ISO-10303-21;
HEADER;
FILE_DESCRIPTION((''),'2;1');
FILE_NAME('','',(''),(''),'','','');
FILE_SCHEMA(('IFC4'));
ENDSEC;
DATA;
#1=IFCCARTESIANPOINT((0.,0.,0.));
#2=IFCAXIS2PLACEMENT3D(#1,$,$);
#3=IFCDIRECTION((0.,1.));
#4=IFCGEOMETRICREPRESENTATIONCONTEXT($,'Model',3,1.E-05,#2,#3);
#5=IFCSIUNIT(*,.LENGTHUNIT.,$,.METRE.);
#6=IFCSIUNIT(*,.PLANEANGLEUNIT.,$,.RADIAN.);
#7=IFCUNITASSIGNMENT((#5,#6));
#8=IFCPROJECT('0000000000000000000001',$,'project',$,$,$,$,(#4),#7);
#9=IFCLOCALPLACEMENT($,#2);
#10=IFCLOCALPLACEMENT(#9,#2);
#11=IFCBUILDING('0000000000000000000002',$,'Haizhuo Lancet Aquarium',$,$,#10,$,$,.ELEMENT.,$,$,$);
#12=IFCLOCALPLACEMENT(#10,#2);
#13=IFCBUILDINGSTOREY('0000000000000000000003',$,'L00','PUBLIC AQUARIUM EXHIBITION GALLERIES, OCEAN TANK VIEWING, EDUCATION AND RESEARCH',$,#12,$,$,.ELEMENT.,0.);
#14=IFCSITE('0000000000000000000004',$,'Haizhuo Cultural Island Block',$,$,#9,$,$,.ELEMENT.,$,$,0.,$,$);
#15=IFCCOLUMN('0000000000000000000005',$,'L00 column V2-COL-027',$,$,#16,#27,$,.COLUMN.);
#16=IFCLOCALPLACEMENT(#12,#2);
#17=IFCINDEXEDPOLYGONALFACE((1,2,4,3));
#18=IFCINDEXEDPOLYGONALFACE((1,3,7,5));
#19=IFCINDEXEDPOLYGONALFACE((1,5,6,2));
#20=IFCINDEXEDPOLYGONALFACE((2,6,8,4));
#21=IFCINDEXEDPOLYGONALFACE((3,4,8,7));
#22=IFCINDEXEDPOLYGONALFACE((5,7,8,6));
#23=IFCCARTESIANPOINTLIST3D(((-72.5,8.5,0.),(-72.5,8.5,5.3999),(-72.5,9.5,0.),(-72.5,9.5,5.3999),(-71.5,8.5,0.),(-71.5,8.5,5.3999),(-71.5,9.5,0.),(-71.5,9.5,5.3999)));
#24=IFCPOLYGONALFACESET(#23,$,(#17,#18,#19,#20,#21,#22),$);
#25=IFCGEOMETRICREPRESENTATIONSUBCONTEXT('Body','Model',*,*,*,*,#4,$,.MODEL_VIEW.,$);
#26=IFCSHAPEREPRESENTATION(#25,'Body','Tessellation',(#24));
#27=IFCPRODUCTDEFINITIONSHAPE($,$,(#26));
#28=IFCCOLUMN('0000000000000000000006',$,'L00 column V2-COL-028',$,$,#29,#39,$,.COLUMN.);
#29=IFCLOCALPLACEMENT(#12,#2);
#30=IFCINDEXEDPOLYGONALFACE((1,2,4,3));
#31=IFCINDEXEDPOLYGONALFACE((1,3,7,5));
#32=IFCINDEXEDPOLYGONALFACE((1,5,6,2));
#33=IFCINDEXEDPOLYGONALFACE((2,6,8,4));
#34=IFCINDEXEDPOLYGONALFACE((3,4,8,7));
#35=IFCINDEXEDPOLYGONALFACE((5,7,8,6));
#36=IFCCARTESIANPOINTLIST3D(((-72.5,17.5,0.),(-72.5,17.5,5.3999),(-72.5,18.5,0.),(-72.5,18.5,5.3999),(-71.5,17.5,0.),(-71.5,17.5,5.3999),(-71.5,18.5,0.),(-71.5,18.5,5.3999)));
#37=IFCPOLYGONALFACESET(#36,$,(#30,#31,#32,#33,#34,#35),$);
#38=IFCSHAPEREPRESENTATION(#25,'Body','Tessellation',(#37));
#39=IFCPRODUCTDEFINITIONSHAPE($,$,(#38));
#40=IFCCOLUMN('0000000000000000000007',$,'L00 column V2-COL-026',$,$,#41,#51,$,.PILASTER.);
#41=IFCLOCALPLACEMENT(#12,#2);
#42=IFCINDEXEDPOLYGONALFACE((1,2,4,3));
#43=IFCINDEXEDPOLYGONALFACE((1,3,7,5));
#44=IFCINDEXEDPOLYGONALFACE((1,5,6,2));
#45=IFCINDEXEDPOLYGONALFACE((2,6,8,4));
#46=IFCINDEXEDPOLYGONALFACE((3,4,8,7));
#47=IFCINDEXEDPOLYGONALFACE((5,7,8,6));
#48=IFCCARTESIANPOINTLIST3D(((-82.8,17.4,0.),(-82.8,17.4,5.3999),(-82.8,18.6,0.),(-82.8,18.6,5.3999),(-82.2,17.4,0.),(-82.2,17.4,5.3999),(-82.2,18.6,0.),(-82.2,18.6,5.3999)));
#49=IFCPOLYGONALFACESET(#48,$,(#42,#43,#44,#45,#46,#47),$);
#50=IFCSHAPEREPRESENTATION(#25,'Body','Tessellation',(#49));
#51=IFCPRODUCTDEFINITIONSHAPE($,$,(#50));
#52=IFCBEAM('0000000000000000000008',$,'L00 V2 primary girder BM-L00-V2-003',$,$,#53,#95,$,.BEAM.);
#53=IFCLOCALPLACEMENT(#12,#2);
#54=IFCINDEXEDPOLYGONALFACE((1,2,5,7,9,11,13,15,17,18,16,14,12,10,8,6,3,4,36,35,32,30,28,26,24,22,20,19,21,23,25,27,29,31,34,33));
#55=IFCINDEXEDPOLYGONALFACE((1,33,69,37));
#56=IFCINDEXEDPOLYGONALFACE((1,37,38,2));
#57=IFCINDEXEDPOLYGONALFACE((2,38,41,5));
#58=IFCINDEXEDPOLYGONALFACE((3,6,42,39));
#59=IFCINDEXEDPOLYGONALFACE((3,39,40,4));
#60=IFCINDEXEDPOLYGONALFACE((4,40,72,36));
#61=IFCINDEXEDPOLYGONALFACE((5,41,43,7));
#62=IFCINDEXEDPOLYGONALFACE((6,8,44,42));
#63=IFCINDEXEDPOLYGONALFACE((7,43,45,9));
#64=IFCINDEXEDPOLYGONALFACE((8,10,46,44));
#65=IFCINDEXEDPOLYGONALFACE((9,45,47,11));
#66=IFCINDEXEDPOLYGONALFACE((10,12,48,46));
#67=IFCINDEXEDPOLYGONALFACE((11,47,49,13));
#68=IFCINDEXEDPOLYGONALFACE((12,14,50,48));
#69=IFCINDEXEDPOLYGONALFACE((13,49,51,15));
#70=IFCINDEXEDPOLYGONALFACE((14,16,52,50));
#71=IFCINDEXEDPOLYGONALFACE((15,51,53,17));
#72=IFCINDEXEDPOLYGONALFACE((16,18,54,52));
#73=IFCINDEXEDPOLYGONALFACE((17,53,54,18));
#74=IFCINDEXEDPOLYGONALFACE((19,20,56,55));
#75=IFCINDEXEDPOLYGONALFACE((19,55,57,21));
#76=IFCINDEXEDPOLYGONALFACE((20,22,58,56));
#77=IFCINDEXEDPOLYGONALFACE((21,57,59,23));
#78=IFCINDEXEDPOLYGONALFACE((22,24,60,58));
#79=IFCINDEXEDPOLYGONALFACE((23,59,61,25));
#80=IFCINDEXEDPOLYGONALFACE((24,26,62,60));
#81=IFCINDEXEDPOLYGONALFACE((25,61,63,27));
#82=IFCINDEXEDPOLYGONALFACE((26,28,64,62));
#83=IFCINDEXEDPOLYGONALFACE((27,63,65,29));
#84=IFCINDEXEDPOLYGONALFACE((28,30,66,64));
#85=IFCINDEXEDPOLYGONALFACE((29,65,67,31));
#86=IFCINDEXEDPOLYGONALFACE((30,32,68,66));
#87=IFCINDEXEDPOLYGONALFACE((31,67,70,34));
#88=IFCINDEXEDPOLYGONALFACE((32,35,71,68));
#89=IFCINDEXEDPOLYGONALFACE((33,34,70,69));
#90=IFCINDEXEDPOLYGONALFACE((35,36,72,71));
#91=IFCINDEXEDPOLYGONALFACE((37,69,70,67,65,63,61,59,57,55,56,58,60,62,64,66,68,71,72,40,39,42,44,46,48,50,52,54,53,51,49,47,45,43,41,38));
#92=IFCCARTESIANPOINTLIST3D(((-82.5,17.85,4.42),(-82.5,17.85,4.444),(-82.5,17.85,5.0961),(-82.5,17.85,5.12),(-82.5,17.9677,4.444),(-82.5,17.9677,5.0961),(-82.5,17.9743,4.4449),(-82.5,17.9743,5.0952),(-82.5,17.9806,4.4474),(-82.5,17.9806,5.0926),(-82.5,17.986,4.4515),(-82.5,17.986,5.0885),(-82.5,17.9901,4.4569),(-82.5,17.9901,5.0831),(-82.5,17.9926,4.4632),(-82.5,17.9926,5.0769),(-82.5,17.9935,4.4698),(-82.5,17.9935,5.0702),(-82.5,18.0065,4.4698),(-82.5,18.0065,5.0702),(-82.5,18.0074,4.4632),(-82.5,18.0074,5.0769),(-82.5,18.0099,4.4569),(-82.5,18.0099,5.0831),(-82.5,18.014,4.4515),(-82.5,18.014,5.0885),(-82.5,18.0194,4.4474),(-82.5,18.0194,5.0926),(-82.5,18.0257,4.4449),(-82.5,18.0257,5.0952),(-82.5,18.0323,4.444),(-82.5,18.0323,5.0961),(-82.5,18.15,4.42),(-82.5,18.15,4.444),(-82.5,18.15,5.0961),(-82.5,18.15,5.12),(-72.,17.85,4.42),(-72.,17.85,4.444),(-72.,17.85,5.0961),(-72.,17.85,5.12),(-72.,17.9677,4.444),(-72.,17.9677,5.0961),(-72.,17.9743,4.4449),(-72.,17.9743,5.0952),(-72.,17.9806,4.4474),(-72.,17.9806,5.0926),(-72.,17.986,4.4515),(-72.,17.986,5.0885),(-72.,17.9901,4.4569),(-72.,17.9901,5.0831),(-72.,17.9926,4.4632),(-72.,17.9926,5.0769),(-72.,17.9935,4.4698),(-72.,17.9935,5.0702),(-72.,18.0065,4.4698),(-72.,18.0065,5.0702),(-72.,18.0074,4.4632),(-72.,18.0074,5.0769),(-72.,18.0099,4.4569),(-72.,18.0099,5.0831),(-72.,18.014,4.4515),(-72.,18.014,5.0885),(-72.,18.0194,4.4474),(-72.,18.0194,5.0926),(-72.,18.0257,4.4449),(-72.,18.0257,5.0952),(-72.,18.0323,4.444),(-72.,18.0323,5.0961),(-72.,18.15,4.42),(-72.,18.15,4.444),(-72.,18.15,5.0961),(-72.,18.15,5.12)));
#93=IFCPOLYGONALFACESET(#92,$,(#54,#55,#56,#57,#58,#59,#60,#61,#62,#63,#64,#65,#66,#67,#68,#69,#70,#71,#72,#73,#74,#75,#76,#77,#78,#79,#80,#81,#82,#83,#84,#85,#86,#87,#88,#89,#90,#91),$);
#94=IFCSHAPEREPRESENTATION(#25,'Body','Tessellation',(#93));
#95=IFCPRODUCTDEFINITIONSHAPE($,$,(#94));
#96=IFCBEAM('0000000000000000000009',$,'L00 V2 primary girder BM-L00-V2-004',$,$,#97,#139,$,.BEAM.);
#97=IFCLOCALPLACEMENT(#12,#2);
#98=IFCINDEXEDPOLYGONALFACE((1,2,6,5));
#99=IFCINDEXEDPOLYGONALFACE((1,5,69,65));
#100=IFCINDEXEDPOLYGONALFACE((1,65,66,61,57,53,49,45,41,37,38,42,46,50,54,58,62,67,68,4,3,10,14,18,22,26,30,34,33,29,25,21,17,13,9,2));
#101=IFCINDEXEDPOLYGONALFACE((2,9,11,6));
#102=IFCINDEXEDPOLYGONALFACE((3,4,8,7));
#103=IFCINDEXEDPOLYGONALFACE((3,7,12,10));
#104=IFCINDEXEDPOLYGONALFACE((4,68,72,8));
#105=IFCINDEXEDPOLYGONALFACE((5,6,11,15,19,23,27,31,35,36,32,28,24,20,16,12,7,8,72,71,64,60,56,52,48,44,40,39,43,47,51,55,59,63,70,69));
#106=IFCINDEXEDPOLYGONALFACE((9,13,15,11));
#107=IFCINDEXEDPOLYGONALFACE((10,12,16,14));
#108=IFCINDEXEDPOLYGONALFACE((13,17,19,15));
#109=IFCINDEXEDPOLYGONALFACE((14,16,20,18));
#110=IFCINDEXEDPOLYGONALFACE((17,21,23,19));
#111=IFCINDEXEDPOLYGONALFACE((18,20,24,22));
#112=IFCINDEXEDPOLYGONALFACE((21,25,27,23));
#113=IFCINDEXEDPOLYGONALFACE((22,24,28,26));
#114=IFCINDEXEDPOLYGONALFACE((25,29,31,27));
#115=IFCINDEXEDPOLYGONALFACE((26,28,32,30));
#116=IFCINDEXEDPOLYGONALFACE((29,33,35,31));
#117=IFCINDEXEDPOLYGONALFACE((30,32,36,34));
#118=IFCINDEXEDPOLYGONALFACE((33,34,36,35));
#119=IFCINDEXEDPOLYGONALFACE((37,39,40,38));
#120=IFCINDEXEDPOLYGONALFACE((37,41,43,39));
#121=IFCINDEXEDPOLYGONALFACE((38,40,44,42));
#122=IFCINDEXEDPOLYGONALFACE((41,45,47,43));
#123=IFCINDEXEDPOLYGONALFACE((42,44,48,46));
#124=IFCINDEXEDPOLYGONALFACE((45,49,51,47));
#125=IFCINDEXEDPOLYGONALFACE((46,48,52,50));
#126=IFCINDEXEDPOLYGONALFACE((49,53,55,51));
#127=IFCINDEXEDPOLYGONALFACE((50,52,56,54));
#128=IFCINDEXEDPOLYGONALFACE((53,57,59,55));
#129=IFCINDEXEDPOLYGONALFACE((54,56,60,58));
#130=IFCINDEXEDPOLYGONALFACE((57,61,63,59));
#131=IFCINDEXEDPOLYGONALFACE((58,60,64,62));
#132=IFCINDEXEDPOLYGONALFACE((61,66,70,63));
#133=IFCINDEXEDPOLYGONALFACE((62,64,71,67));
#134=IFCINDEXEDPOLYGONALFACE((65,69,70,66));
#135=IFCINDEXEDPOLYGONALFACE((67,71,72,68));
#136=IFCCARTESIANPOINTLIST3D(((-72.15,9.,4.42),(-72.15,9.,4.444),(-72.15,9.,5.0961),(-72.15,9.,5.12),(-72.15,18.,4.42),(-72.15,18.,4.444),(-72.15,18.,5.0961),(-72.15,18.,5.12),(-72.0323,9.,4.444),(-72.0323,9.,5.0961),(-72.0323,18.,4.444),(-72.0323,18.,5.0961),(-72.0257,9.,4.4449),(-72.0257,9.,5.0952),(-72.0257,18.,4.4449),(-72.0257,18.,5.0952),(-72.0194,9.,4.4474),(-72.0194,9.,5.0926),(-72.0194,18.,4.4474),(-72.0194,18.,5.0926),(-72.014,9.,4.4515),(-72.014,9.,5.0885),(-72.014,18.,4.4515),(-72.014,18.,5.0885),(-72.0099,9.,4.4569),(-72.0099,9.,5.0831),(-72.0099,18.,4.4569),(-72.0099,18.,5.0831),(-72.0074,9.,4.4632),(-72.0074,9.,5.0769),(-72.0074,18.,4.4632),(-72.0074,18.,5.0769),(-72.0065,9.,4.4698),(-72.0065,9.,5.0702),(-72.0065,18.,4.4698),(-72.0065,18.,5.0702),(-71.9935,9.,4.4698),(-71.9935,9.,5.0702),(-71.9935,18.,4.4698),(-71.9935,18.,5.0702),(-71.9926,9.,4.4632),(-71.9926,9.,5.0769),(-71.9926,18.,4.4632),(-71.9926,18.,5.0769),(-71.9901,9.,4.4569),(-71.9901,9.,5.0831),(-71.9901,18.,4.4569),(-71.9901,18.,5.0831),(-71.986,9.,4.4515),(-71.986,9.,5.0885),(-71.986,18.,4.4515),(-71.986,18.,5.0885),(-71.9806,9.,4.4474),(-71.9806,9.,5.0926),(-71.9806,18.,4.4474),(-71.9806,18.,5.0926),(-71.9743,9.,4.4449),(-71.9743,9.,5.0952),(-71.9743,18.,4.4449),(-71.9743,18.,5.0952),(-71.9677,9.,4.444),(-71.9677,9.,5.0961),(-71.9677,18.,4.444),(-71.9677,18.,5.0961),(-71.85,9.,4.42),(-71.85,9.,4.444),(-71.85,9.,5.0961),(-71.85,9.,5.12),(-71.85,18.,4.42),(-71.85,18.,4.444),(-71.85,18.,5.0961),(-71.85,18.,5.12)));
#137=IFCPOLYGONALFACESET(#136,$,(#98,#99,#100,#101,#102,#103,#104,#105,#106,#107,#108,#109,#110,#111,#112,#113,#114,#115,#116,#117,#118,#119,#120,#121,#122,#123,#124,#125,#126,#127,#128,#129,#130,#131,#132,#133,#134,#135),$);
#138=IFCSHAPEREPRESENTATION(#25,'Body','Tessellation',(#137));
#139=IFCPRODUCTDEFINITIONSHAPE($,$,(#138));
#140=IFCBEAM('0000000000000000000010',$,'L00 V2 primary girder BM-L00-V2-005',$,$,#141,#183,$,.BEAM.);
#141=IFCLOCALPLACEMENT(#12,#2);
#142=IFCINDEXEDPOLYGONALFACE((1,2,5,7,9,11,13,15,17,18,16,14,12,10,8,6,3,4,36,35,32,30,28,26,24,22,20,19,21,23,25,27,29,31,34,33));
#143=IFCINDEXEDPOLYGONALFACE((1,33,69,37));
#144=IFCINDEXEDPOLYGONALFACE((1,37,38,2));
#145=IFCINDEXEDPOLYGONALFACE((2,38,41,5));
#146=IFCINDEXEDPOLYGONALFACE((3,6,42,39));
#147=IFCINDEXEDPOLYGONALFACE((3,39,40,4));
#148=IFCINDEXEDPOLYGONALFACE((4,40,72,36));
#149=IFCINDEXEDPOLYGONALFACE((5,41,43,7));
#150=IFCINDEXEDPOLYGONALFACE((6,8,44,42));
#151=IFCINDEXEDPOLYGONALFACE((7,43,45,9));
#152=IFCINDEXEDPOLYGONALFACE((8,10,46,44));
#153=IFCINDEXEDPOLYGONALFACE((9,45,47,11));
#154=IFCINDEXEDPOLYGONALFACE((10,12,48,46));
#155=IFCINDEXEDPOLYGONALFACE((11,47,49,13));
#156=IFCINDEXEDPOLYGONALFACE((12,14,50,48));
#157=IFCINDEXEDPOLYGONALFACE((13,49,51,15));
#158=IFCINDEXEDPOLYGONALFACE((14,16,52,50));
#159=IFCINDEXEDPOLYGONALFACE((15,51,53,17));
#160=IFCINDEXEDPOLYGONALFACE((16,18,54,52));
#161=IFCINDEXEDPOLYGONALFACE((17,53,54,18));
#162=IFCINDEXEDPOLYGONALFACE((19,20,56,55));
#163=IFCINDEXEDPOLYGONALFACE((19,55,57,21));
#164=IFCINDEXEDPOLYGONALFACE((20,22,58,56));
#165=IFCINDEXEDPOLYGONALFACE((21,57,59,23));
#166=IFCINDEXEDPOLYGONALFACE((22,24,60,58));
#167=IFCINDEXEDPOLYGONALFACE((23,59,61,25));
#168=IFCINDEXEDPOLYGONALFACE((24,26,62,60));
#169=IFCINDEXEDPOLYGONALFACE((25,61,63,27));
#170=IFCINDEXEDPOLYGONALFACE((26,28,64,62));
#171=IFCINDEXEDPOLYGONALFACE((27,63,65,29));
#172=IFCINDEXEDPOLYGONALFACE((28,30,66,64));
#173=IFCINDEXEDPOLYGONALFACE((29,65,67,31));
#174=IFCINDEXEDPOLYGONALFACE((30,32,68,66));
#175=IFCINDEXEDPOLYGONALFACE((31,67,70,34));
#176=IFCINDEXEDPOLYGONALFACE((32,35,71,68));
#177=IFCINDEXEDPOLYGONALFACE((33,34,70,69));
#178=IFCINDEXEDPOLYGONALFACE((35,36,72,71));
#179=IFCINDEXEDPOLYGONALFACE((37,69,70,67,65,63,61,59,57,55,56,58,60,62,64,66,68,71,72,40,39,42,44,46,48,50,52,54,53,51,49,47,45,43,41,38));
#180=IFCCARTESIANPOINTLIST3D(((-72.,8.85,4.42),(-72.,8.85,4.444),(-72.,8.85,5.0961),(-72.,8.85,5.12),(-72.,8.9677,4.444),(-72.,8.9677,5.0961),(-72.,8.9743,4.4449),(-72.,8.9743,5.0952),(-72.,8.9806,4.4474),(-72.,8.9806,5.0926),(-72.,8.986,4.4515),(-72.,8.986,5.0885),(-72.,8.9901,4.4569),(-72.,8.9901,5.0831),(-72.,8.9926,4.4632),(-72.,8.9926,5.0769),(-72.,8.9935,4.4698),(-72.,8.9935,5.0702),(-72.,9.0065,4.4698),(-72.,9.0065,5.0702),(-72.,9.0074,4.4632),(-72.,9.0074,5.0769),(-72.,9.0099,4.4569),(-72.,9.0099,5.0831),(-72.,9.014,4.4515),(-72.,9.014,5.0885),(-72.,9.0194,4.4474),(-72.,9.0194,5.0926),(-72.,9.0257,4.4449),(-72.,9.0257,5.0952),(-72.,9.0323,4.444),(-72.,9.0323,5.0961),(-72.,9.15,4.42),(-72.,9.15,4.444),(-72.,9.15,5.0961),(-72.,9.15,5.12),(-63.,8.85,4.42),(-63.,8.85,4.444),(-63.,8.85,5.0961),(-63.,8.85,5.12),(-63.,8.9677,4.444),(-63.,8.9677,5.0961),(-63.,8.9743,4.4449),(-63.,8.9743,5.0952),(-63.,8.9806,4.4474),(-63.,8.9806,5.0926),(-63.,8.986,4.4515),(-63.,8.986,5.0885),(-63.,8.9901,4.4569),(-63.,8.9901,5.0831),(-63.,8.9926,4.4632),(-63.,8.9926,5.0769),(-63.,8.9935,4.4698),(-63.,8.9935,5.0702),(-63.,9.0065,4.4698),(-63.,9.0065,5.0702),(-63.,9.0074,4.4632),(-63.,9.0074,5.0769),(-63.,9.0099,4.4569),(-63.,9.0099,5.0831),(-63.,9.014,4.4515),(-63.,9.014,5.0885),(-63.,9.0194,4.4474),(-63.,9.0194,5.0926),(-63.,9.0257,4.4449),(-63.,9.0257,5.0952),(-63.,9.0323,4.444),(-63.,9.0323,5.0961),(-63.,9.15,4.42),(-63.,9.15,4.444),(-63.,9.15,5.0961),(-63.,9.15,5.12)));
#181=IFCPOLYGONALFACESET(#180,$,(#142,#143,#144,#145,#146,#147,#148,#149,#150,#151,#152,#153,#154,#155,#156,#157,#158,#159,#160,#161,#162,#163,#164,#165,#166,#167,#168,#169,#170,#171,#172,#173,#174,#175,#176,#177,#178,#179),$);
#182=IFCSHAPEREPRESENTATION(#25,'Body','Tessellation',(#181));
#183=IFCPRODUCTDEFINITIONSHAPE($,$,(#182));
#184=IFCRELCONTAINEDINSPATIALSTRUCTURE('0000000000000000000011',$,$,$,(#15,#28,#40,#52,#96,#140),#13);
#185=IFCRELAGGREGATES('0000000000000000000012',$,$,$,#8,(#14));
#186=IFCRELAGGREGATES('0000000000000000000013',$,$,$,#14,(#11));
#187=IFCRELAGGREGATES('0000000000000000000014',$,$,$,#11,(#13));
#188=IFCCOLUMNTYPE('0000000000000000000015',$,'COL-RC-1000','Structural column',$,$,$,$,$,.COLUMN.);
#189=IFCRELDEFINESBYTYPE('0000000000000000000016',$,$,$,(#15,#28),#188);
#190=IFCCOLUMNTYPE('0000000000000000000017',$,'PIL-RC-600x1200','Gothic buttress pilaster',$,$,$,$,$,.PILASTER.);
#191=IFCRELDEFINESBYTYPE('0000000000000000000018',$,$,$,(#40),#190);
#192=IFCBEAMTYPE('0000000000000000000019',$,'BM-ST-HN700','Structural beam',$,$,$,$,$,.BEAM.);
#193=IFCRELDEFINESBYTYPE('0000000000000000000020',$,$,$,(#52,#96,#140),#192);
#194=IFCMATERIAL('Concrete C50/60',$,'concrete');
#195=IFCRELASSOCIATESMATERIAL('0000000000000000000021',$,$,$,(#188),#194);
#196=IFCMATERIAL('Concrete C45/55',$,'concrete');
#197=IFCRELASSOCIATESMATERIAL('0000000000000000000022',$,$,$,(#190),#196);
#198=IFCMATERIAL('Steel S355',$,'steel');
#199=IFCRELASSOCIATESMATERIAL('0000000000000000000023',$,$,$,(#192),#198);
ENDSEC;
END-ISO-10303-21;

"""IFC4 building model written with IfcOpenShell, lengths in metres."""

from ifc_helpers import new_model, si_unit, direction, frame, origin, origin_2d, place, context, subcontext, project, spatial, rectangle, i_section, extrude, material, material_profile, profile_set, type_object, element, save


model = new_model("IFC4")

# Units and contexts
model_context = context("Model", 3, precision=1e-05, world=origin(), true_north=direction((0.0, 1.0)))
body_context = subcontext(model_context, "Body", "Model", "MODEL_VIEW")
ifc_project = project(units=[si_unit("LENGTHUNIT", "METRE"), si_unit("PLANEANGLEUNIT", "RADIAN")], contexts=[model_context])

# Site, building, storey
site_placement = place(None, origin())
site = spatial("IfcSite", under=ifc_project, at=site_placement, Name="Haizhuo Cultural Island Block", CompositionType="ELEMENT", RefElevation=0.0)
building_placement = place(site_placement, origin())
building = spatial("IfcBuilding", under=site, at=building_placement, Name="Haizhuo Lancet Aquarium", CompositionType="ELEMENT")
storey_placement = place(building_placement, origin())
storey = spatial("IfcBuildingStorey", under=building, at=storey_placement, Name="L00", Description="PUBLIC AQUARIUM EXHIBITION GALLERIES, OCEAN TANK VIEWING, EDUCATION AND RESEARCH", CompositionType="ELEMENT", Elevation=0.0)

# Columns
ifc_material_1 = material(Name="Concrete C50/60", Category="concrete")
ifc_material_profile_1 = material_profile(ifc_material_1, rectangle(XDim=1.0, YDim=1.0, at=origin_2d()), Name="RC-COL 1000x1000")
ifc_profile_set_1 = profile_set([ifc_material_profile_1], Name="Concrete C50/60")
column_type_1 = type_object("IfcColumnType", Name="COL-RC-1000", Description="Structural column", PredefinedType="COLUMN", material=ifc_profile_set_1)
for number, where, z_axis, x_axis, name in (
    (1, (-72.0, 9.0, 0.0), (0.0, 0.0, 1.0), (1.0, 0.0, 0.0), "L00 column V2-COL-027"),
    (2, (-72.0, 18.0, 0.0), (0.0, 0.0, 1.0), (1.0, 0.0, 0.0), "L00 column V2-COL-028"),
):
    element("IfcColumn", number, at=place(storey_placement, frame(where, z_axis=z_axis, x_axis=x_axis)), inside=storey, type_object=column_type_1, Name=name, PredefinedType="COLUMN", context=body_context, shape_type="SweptSolid", body=[
        extrude(rectangle(XDim=1.0, YDim=1.0, at=origin_2d()), origin(), (0.0, 0.0, 1.0), 5.3999),
    ])
ifc_material_2 = material(Name="Concrete C45/55", Category="concrete")
ifc_material_profile_2 = material_profile(ifc_material_2, rectangle(XDim=0.6001, YDim=1.2, at=origin_2d()), Name="RC-PIL 600x1200")
ifc_profile_set_2 = profile_set([ifc_material_profile_2], Name="Concrete C45/55")
column_type_2 = type_object("IfcColumnType", Name="PIL-RC-600x1200", Description="Gothic buttress pilaster", PredefinedType="PILASTER", material=ifc_profile_set_2)
column_placement = place(storey_placement, frame((-82.5, 18.0, 0.0), z_axis=(0.0, 0.0, 1.0), x_axis=(1.0, 0.0, 0.0)))
element("IfcColumn", 3, at=column_placement, inside=storey, type_object=column_type_2, Name="L00 column V2-COL-026", PredefinedType="PILASTER", context=body_context, shape_type="SweptSolid", body=[
    extrude(rectangle(XDim=0.6001, YDim=1.2, at=origin_2d()), origin(), (0.0, 0.0, 1.0), 5.3999),
])

# Beams
ifc_material_3 = material(Name="Steel S355", Category="steel")
ifc_material_profile_3 = material_profile(ifc_material_3, i_section(OverallWidth=0.3, OverallDepth=0.7, WebThickness=0.0129, FlangeThickness=0.0239, FilletRadius=0.0259, at=origin_2d()), Name="HN 700x300x13x24")
ifc_profile_set_3 = profile_set([ifc_material_profile_3], Name="Steel S355")
beam_type_1 = type_object("IfcBeamType", Name="BM-ST-HN700", Description="Structural beam", PredefinedType="BEAM", material=ifc_profile_set_3)
beam_1_placement = place(storey_placement, frame((-82.5, 18.0, 4.77), z_axis=(1.0, 0.0, 0.0), x_axis=(0.0, 1.0, 0.0)))
element("IfcBeam", 4, at=beam_1_placement, inside=storey, type_object=beam_type_1, Name="L00 V2 primary girder BM-L00-V2-003", PredefinedType="BEAM", context=body_context, shape_type="SweptSolid", body=[
    extrude(i_section(OverallWidth=0.3, OverallDepth=0.7, WebThickness=0.0129, FlangeThickness=0.0239, FilletRadius=0.0259, at=origin_2d()), origin(), (0.0, 0.0, 1.0), 10.5),
])
for number, where, z_axis, x_axis, name in (
    (5, (-72.0, 9.0, 4.77), (0.0, 1.0, 0.0), (-1.0, 0.0, 0.0), "L00 V2 primary girder BM-L00-V2-004"),
    (6, (-72.0, 9.0, 4.77), (1.0, 0.0, 0.0), (0.0, 1.0, 0.0), "L00 V2 primary girder BM-L00-V2-005"),
):
    element("IfcBeam", number, at=place(storey_placement, frame(where, z_axis=z_axis, x_axis=x_axis)), inside=storey, type_object=beam_type_1, Name=name, PredefinedType="BEAM", context=body_context, shape_type="SweptSolid", body=[
        extrude(i_section(OverallWidth=0.3, OverallDepth=0.7, WebThickness=0.0129, FlangeThickness=0.0239, FilletRadius=0.0259, at=origin_2d()), origin(), (0.0, 0.0, 1.0), 9.0),
    ])

save(model, "model.ifc")
